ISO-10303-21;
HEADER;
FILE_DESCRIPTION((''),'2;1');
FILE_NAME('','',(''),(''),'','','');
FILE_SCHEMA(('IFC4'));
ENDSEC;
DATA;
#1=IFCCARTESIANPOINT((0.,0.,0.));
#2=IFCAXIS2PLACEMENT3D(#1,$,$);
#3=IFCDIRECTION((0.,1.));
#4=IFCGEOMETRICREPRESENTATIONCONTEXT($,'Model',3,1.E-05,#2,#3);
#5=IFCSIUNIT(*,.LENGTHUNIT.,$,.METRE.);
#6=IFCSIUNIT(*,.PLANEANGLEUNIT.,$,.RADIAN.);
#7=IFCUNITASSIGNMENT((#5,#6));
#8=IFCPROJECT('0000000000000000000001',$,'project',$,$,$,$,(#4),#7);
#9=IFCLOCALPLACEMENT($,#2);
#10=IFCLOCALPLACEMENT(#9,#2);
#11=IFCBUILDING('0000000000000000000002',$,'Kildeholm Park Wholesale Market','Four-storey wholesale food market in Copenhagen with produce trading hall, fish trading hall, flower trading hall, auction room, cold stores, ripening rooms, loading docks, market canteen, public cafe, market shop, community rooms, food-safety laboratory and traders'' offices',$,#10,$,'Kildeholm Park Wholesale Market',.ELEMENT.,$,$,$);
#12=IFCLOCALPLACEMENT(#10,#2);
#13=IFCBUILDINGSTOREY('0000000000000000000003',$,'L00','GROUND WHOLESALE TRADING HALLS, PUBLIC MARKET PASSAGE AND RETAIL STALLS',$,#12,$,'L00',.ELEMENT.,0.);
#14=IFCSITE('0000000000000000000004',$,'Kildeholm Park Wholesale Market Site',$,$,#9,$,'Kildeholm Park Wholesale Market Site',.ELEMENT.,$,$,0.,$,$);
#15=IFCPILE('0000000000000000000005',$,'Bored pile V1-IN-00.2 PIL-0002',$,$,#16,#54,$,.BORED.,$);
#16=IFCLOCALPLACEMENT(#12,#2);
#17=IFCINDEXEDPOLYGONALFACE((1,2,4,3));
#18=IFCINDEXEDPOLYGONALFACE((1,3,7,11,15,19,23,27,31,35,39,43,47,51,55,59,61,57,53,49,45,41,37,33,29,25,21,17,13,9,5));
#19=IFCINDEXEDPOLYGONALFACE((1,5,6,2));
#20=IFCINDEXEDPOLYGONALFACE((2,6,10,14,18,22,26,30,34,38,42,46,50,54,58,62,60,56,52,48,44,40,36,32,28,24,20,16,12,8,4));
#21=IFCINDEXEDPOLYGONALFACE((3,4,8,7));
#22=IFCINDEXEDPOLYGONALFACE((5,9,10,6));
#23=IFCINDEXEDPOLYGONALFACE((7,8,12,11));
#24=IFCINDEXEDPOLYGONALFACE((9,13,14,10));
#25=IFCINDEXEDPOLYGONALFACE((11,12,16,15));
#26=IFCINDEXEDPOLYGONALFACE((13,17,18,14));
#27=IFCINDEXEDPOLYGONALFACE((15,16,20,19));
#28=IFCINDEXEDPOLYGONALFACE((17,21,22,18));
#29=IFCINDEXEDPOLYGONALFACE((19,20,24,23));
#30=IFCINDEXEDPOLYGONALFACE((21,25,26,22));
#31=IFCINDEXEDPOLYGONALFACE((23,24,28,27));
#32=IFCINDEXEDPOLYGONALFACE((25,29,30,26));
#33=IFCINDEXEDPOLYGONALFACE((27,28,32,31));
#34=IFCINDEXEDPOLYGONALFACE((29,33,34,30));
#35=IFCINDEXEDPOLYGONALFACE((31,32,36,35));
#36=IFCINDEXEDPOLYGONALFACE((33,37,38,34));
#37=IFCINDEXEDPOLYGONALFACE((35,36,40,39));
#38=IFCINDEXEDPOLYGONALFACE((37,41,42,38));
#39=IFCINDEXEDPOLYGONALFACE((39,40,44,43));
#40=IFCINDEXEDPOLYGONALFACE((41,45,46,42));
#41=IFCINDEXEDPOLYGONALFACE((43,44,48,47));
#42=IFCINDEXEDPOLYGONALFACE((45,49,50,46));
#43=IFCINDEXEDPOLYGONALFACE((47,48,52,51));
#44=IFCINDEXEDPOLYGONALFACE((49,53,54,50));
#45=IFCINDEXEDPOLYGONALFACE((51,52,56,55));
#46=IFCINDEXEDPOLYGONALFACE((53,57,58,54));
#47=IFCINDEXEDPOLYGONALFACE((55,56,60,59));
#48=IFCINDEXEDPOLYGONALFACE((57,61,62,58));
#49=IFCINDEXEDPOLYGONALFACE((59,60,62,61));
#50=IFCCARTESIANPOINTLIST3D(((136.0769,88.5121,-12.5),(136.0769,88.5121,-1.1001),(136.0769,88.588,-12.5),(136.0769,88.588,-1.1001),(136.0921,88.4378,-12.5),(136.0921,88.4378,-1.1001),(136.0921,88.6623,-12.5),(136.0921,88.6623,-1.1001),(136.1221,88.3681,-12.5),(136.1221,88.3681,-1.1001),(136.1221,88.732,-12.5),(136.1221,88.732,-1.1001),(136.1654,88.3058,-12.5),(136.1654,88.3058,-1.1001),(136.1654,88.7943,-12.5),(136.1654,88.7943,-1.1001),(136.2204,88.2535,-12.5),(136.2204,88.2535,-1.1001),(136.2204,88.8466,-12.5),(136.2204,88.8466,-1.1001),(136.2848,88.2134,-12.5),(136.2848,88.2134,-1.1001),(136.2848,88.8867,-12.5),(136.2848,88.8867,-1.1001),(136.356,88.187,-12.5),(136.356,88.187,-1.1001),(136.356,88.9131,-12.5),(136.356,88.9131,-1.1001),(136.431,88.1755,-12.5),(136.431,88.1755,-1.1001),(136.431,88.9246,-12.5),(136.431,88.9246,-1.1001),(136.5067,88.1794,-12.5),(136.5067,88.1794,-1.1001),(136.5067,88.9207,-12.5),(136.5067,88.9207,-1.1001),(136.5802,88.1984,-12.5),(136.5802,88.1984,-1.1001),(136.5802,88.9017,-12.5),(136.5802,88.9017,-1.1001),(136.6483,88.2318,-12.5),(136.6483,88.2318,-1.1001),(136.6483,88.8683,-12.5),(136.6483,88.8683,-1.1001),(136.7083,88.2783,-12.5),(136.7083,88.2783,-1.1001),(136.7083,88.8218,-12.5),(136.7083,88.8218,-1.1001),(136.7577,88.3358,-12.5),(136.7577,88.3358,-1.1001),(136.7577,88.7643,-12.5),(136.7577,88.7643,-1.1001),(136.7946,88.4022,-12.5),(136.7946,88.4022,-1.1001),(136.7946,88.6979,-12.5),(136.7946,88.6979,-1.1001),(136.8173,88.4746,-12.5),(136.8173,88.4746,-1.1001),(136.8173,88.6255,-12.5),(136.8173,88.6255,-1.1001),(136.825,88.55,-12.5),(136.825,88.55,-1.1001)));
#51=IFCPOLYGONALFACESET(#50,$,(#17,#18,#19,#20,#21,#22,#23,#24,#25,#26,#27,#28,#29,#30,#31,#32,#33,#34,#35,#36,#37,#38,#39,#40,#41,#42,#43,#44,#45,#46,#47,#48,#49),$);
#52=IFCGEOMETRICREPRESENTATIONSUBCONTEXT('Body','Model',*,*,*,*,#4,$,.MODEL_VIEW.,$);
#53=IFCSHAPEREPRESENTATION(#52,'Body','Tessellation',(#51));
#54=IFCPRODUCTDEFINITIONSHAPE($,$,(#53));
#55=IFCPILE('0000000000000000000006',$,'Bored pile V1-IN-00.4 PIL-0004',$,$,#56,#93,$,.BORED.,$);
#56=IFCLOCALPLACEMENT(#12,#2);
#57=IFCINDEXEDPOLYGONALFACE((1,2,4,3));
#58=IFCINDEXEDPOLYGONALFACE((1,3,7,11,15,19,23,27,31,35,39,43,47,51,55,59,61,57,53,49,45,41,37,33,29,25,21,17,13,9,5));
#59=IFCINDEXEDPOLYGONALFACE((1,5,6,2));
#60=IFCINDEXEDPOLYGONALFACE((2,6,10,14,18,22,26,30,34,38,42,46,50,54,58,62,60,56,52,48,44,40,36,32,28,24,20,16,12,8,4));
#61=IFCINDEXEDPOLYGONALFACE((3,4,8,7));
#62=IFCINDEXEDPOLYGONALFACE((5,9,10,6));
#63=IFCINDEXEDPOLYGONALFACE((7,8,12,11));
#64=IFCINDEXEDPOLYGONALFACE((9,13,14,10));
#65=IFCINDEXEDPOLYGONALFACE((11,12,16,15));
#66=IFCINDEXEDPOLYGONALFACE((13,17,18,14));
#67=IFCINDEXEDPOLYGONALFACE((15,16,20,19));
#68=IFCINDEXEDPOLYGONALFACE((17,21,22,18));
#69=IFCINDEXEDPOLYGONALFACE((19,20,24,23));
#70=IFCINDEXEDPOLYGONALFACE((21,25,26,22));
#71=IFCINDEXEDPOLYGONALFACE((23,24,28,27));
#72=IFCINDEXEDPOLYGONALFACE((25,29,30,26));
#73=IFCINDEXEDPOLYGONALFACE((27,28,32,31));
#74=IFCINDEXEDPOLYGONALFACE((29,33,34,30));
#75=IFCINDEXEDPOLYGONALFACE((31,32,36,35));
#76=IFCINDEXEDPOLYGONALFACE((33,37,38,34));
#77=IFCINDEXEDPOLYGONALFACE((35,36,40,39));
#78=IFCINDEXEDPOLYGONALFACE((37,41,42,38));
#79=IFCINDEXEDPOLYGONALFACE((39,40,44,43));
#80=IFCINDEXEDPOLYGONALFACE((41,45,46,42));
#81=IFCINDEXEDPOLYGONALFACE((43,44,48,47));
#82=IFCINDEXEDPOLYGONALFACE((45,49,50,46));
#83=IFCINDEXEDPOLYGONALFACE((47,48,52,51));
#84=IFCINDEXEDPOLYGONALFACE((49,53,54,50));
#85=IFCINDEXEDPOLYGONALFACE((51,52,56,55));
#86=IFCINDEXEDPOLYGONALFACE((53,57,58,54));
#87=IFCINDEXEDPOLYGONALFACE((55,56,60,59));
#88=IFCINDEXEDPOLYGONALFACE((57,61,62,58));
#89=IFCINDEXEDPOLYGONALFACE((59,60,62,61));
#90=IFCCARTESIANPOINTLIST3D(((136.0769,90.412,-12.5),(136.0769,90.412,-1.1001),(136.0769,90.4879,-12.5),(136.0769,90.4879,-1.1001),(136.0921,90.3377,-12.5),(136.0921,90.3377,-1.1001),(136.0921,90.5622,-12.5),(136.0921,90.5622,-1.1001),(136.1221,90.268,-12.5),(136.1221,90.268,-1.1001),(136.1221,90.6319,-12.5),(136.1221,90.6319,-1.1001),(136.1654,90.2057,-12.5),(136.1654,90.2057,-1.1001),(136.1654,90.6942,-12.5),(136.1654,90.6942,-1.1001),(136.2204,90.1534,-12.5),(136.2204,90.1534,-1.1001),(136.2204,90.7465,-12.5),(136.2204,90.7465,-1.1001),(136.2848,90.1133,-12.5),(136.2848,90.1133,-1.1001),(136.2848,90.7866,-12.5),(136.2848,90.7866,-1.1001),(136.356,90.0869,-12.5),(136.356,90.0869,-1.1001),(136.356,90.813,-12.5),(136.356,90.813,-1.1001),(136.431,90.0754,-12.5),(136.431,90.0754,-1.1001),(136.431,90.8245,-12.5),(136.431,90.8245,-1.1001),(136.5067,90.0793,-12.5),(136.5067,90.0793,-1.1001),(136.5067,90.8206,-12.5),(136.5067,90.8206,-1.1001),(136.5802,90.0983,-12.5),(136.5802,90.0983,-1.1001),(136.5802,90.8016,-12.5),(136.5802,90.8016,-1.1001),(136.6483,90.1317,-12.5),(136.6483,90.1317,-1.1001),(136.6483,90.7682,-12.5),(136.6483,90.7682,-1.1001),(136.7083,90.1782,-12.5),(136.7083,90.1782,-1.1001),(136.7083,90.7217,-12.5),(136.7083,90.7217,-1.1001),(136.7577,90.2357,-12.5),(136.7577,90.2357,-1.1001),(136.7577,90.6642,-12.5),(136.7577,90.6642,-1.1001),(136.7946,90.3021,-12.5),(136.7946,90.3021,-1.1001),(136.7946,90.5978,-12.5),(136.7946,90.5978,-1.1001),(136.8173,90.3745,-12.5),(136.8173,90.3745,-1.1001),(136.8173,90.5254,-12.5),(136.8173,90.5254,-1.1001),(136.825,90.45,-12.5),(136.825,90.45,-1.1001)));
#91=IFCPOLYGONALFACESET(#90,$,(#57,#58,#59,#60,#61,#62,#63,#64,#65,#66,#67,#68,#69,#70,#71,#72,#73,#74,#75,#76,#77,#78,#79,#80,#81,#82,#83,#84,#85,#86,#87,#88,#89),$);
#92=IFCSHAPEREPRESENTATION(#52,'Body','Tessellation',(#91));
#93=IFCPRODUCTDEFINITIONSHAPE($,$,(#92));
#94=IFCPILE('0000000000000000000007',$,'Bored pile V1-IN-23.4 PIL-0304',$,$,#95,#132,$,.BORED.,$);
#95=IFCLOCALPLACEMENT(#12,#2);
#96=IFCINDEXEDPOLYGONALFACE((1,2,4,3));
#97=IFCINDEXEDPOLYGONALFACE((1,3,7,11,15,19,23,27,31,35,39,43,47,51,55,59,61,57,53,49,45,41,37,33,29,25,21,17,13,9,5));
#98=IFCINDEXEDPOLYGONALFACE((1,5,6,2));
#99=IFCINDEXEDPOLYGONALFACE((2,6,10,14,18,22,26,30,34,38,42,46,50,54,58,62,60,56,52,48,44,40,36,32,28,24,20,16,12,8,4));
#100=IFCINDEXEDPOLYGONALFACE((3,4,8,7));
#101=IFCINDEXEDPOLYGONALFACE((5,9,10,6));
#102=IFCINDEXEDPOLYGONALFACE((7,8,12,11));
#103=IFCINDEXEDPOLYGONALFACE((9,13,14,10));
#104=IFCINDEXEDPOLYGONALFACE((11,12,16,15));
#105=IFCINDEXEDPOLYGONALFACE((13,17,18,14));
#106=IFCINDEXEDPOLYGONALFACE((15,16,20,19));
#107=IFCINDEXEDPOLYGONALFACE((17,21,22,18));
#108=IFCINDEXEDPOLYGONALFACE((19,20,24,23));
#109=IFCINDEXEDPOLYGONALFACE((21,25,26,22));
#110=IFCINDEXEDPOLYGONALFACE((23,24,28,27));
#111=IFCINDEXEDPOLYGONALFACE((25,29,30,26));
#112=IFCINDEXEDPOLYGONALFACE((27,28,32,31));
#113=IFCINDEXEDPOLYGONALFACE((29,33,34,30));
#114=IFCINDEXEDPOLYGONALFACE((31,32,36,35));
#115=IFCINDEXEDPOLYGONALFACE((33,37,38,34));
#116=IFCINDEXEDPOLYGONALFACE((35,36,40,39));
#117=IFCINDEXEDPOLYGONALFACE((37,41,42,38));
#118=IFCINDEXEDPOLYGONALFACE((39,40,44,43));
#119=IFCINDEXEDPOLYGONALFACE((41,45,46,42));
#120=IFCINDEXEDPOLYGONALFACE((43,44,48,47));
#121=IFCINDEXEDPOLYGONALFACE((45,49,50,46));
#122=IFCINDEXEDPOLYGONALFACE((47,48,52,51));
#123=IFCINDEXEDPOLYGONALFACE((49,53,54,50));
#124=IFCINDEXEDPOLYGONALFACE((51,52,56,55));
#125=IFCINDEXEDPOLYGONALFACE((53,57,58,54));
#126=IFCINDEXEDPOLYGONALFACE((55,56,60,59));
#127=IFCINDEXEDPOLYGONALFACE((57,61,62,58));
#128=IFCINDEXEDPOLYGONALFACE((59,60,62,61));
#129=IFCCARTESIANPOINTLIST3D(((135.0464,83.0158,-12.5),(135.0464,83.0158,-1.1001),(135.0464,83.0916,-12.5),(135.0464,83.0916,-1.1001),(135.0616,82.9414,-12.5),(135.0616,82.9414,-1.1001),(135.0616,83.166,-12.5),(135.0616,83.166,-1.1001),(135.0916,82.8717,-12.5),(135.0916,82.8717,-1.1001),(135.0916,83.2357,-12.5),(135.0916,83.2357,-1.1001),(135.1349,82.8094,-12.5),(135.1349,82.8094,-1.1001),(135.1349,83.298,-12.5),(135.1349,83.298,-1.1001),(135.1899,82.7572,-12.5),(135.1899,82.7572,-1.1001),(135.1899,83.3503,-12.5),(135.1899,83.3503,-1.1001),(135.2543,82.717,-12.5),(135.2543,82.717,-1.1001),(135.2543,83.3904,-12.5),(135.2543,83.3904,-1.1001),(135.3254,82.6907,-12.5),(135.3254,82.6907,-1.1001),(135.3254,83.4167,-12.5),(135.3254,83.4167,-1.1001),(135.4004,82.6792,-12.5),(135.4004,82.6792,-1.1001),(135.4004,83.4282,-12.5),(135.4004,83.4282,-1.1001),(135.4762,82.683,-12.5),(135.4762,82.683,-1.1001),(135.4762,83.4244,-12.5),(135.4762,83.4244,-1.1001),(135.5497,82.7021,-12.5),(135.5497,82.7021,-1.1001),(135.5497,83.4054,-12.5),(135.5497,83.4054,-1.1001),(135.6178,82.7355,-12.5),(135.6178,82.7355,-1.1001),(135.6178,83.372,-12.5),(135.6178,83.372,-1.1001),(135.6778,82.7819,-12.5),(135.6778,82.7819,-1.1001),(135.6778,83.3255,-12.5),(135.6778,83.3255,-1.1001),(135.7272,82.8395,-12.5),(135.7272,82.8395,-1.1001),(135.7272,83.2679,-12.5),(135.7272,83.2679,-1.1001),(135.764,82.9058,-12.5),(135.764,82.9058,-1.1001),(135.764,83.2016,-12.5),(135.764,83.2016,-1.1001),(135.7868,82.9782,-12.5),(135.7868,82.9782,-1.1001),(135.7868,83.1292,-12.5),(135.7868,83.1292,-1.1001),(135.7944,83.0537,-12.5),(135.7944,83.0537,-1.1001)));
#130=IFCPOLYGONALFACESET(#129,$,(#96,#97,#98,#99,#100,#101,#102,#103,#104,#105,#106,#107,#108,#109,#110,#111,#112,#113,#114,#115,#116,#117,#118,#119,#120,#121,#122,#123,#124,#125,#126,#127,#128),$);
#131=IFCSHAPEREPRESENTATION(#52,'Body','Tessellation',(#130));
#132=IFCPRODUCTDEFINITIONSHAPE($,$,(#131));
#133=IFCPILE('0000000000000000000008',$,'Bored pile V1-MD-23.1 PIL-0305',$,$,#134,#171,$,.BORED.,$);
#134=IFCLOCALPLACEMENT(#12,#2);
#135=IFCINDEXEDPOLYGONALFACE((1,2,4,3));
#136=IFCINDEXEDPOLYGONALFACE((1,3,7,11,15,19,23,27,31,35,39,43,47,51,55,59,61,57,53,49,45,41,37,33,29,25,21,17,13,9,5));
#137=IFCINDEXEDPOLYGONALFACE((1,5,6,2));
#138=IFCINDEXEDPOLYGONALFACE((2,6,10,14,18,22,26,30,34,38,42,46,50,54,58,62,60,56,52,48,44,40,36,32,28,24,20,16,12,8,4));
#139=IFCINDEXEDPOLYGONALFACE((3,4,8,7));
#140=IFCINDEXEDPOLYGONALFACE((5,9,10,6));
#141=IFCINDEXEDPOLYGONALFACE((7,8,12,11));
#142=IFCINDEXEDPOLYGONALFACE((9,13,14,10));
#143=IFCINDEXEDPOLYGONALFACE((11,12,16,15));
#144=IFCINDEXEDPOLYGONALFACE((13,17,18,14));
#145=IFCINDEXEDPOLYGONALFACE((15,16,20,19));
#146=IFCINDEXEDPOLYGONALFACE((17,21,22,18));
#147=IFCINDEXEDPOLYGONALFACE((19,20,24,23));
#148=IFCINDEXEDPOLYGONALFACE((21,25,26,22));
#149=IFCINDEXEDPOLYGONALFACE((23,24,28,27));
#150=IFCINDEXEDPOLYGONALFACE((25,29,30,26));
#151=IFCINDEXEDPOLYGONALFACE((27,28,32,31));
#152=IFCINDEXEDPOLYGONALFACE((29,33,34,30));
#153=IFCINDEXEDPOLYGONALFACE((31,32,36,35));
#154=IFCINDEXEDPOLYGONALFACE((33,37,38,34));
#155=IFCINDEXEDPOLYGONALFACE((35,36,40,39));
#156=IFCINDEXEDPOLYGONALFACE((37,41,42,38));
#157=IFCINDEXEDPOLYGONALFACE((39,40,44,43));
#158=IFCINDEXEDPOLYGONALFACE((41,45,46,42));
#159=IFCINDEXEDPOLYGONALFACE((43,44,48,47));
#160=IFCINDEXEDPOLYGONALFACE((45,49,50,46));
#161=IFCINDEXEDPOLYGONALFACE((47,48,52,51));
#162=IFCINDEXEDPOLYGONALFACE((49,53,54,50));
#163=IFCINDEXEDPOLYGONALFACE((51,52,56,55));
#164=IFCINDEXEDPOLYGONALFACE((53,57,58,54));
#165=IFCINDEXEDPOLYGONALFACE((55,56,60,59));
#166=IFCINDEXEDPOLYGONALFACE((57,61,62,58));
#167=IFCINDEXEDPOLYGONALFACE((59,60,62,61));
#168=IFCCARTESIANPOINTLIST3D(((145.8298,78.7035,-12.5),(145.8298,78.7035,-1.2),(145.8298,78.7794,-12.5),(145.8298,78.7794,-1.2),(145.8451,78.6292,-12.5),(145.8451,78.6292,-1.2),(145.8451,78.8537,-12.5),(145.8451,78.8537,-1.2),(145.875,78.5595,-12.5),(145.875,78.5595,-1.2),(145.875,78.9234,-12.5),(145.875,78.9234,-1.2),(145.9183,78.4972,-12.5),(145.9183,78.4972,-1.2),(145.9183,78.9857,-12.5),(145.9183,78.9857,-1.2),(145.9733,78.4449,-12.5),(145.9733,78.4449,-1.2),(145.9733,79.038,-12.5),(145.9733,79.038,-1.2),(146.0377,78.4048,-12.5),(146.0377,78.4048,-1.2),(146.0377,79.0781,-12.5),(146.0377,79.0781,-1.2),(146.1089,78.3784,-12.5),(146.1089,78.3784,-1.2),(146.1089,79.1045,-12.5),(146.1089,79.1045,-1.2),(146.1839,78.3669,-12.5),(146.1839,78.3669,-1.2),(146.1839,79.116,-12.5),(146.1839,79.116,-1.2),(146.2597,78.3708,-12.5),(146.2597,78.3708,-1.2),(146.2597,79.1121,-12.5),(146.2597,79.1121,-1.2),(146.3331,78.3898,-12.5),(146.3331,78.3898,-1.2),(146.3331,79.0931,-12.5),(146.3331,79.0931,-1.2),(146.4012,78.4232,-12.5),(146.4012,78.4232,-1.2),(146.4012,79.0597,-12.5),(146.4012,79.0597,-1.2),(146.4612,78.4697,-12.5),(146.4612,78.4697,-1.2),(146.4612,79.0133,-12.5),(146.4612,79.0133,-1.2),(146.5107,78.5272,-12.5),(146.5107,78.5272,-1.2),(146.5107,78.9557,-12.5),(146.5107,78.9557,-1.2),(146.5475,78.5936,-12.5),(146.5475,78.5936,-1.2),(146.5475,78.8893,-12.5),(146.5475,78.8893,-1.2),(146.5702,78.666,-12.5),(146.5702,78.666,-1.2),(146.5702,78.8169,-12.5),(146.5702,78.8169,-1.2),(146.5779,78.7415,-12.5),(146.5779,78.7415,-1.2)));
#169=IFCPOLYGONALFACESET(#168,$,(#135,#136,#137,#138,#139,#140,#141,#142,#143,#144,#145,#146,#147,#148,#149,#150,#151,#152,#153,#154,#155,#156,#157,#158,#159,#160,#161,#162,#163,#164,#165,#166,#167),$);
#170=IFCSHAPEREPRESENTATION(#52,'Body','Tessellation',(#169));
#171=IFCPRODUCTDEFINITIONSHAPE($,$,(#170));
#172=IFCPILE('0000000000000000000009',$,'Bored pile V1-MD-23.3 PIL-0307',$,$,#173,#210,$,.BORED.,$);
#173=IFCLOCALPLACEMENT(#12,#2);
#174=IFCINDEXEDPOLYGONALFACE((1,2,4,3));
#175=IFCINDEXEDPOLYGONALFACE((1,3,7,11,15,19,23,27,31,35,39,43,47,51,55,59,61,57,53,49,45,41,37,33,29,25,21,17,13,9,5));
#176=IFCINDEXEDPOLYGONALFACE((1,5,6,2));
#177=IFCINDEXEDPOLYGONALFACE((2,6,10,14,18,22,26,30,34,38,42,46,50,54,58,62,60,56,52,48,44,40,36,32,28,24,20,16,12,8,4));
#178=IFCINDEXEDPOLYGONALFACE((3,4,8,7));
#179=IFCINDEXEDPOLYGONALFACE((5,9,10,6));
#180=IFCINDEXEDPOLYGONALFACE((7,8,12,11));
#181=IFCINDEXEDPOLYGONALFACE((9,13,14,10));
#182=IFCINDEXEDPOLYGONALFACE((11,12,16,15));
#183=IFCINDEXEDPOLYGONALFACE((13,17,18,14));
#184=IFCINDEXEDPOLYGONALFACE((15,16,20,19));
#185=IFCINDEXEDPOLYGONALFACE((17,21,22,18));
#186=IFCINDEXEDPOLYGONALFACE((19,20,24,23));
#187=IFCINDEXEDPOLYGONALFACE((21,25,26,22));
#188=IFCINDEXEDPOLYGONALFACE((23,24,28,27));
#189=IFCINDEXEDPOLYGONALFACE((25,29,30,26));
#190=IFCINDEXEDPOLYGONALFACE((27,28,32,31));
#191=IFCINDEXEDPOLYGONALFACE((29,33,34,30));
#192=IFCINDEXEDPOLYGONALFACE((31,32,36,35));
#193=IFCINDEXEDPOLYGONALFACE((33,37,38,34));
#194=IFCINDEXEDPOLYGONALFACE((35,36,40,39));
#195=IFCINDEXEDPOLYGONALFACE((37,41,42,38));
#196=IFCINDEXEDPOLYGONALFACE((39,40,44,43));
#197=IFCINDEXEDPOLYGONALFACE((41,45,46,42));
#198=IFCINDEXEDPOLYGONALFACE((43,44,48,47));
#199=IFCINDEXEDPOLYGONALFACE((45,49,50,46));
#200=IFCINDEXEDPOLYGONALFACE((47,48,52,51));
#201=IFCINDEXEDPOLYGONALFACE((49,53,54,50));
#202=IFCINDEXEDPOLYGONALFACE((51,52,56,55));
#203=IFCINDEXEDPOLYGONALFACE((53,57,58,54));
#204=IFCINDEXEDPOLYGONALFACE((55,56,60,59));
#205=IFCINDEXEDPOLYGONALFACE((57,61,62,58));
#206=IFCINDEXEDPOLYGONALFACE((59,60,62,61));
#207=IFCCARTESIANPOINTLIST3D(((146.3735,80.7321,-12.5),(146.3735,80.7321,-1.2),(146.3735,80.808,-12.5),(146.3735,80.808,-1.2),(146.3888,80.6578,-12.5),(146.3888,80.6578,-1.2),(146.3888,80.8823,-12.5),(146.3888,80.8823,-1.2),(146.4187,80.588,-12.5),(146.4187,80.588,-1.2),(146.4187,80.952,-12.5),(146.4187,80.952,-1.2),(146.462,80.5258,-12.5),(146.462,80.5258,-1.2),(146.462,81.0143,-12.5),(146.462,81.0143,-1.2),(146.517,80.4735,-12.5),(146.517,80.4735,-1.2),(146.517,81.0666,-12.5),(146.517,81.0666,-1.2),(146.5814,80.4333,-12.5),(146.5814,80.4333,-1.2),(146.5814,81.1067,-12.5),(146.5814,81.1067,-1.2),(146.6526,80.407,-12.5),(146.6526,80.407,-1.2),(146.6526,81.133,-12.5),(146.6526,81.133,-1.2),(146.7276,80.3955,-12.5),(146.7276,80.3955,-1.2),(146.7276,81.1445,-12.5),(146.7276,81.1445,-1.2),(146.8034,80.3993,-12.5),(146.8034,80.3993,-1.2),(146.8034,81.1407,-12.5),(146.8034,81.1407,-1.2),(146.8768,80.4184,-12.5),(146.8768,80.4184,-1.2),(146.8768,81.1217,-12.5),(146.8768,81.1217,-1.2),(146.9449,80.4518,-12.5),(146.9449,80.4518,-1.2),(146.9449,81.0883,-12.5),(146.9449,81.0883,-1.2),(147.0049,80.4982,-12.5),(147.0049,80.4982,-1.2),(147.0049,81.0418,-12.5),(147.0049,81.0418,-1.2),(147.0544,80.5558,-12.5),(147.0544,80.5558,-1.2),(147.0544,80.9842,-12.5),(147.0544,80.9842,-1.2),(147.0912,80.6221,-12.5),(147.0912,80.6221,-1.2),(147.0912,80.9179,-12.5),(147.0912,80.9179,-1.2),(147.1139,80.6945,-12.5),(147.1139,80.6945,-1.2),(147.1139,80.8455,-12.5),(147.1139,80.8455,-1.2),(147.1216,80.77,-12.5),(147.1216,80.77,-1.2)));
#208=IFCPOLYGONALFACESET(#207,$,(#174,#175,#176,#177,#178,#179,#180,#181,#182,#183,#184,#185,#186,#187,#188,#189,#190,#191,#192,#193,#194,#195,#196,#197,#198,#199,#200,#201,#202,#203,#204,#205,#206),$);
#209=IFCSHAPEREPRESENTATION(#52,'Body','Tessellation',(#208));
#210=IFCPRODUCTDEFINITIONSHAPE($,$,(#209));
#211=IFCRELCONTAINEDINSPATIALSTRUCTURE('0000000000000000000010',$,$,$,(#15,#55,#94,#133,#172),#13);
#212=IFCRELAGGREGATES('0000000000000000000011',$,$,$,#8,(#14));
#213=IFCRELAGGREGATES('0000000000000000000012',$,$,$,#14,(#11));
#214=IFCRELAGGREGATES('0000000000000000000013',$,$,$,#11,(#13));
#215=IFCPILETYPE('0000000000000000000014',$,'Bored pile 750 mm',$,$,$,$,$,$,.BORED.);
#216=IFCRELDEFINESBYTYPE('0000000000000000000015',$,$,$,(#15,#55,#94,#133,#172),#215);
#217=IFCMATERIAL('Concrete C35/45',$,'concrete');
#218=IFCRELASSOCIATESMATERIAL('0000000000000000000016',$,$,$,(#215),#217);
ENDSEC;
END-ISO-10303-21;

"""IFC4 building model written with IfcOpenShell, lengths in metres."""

from ifc_helpers import new_model, si_unit, direction, frame, origin, origin_2d, place, context, subcontext, project, spatial, circle, extrude, material, material_profile, profile_set, type_object, element, save


model = new_model("IFC4")

# Units and contexts
model_context = context("Model", 3, precision=1e-05, world=origin(), true_north=direction((0.0, 1.0)))
body_context = subcontext(model_context, "Body", "Model", "MODEL_VIEW")
ifc_project = project(units=[si_unit("LENGTHUNIT", "METRE"), si_unit("PLANEANGLEUNIT", "RADIAN")], contexts=[model_context])

# Site, building, storey
site_placement = place(None, origin())
site = spatial("IfcSite", under=ifc_project, at=site_placement, Name="Kildeholm Park Wholesale Market Site", LongName="Kildeholm Park Wholesale Market Site", CompositionType="ELEMENT", RefElevation=0.0)
building_placement = place(site_placement, origin())
building = spatial("IfcBuilding", under=site, at=building_placement, Name="Kildeholm Park Wholesale Market", Description="Four-storey wholesale food market in Copenhagen with produce trading hall, fish trading hall, flower trading hall, auction room, cold stores, ripening rooms, loading docks, market canteen, public cafe, market shop, community rooms, food-safety laboratory and traders' offices", LongName="Kildeholm Park Wholesale Market", CompositionType="ELEMENT")
storey_placement = place(building_placement, origin())
storey = spatial("IfcBuildingStorey", under=building, at=storey_placement, Name="L00", Description="GROUND WHOLESALE TRADING HALLS, PUBLIC MARKET PASSAGE AND RETAIL STALLS", LongName="L00", CompositionType="ELEMENT", Elevation=0.0)

# Piles
ifc_material_1 = material(Name="Concrete C35/45", Category="concrete")
ifc_material_profile_1 = material_profile(ifc_material_1, circle(Radius=0.375, at=origin_2d()), Name="PILE D750")
ifc_profile_set_1 = profile_set([ifc_material_profile_1], Name="Concrete C35/45")
pile_type = type_object("IfcPileType", Name="Bored pile 750 mm", PredefinedType="BORED", material=ifc_profile_set_1)
for number, where, z_axis, x_axis, name in (
    (1, (136.45, 88.55, -1.1001), (0.0, 0.0, -1.0), (1.0, 0.0, 0.0), "Bored pile V1-IN-00.2 PIL-0002"),
    (2, (136.45, 90.45, -1.1001), (0.0, 0.0, -1.0), (1.0, 0.0, 0.0), "Bored pile V1-IN-00.4 PIL-0004"),
    (3, (135.4194, 83.0537, -1.1001), (0.0, 0.0, -1.0), (1.0, 0.0, 0.0), "Bored pile V1-IN-23.4 PIL-0304"),
):
    element("IfcPile", number, at=place(storey_placement, frame(where, z_axis=z_axis, x_axis=x_axis)), inside=storey, type_object=pile_type, Name=name, PredefinedType="BORED", context=body_context, shape_type="SweptSolid", body=[
        extrude(circle(Radius=0.375, at=origin_2d()), origin(), (0.0, 0.0, 1.0), 11.3999),
    ])
for number, where, z_axis, x_axis, name in (
    (4, (146.2029, 78.7415, -1.2), (0.0, 0.0, -1.0), (1.0, 0.0, 0.0), "Bored pile V1-MD-23.1 PIL-0305"),
    (5, (146.7466, 80.77, -1.2), (0.0, 0.0, -1.0), (1.0, 0.0, 0.0), "Bored pile V1-MD-23.3 PIL-0307"),
):
    element("IfcPile", number, at=place(storey_placement, frame(where, z_axis=z_axis, x_axis=x_axis)), inside=storey, type_object=pile_type, Name=name, PredefinedType="BORED", context=body_context, shape_type="SweptSolid", body=[
        extrude(circle(Radius=0.375, at=origin_2d()), origin(), (0.0, 0.0, 1.0), 11.3),
    ])

save(model, "model.ifc")
